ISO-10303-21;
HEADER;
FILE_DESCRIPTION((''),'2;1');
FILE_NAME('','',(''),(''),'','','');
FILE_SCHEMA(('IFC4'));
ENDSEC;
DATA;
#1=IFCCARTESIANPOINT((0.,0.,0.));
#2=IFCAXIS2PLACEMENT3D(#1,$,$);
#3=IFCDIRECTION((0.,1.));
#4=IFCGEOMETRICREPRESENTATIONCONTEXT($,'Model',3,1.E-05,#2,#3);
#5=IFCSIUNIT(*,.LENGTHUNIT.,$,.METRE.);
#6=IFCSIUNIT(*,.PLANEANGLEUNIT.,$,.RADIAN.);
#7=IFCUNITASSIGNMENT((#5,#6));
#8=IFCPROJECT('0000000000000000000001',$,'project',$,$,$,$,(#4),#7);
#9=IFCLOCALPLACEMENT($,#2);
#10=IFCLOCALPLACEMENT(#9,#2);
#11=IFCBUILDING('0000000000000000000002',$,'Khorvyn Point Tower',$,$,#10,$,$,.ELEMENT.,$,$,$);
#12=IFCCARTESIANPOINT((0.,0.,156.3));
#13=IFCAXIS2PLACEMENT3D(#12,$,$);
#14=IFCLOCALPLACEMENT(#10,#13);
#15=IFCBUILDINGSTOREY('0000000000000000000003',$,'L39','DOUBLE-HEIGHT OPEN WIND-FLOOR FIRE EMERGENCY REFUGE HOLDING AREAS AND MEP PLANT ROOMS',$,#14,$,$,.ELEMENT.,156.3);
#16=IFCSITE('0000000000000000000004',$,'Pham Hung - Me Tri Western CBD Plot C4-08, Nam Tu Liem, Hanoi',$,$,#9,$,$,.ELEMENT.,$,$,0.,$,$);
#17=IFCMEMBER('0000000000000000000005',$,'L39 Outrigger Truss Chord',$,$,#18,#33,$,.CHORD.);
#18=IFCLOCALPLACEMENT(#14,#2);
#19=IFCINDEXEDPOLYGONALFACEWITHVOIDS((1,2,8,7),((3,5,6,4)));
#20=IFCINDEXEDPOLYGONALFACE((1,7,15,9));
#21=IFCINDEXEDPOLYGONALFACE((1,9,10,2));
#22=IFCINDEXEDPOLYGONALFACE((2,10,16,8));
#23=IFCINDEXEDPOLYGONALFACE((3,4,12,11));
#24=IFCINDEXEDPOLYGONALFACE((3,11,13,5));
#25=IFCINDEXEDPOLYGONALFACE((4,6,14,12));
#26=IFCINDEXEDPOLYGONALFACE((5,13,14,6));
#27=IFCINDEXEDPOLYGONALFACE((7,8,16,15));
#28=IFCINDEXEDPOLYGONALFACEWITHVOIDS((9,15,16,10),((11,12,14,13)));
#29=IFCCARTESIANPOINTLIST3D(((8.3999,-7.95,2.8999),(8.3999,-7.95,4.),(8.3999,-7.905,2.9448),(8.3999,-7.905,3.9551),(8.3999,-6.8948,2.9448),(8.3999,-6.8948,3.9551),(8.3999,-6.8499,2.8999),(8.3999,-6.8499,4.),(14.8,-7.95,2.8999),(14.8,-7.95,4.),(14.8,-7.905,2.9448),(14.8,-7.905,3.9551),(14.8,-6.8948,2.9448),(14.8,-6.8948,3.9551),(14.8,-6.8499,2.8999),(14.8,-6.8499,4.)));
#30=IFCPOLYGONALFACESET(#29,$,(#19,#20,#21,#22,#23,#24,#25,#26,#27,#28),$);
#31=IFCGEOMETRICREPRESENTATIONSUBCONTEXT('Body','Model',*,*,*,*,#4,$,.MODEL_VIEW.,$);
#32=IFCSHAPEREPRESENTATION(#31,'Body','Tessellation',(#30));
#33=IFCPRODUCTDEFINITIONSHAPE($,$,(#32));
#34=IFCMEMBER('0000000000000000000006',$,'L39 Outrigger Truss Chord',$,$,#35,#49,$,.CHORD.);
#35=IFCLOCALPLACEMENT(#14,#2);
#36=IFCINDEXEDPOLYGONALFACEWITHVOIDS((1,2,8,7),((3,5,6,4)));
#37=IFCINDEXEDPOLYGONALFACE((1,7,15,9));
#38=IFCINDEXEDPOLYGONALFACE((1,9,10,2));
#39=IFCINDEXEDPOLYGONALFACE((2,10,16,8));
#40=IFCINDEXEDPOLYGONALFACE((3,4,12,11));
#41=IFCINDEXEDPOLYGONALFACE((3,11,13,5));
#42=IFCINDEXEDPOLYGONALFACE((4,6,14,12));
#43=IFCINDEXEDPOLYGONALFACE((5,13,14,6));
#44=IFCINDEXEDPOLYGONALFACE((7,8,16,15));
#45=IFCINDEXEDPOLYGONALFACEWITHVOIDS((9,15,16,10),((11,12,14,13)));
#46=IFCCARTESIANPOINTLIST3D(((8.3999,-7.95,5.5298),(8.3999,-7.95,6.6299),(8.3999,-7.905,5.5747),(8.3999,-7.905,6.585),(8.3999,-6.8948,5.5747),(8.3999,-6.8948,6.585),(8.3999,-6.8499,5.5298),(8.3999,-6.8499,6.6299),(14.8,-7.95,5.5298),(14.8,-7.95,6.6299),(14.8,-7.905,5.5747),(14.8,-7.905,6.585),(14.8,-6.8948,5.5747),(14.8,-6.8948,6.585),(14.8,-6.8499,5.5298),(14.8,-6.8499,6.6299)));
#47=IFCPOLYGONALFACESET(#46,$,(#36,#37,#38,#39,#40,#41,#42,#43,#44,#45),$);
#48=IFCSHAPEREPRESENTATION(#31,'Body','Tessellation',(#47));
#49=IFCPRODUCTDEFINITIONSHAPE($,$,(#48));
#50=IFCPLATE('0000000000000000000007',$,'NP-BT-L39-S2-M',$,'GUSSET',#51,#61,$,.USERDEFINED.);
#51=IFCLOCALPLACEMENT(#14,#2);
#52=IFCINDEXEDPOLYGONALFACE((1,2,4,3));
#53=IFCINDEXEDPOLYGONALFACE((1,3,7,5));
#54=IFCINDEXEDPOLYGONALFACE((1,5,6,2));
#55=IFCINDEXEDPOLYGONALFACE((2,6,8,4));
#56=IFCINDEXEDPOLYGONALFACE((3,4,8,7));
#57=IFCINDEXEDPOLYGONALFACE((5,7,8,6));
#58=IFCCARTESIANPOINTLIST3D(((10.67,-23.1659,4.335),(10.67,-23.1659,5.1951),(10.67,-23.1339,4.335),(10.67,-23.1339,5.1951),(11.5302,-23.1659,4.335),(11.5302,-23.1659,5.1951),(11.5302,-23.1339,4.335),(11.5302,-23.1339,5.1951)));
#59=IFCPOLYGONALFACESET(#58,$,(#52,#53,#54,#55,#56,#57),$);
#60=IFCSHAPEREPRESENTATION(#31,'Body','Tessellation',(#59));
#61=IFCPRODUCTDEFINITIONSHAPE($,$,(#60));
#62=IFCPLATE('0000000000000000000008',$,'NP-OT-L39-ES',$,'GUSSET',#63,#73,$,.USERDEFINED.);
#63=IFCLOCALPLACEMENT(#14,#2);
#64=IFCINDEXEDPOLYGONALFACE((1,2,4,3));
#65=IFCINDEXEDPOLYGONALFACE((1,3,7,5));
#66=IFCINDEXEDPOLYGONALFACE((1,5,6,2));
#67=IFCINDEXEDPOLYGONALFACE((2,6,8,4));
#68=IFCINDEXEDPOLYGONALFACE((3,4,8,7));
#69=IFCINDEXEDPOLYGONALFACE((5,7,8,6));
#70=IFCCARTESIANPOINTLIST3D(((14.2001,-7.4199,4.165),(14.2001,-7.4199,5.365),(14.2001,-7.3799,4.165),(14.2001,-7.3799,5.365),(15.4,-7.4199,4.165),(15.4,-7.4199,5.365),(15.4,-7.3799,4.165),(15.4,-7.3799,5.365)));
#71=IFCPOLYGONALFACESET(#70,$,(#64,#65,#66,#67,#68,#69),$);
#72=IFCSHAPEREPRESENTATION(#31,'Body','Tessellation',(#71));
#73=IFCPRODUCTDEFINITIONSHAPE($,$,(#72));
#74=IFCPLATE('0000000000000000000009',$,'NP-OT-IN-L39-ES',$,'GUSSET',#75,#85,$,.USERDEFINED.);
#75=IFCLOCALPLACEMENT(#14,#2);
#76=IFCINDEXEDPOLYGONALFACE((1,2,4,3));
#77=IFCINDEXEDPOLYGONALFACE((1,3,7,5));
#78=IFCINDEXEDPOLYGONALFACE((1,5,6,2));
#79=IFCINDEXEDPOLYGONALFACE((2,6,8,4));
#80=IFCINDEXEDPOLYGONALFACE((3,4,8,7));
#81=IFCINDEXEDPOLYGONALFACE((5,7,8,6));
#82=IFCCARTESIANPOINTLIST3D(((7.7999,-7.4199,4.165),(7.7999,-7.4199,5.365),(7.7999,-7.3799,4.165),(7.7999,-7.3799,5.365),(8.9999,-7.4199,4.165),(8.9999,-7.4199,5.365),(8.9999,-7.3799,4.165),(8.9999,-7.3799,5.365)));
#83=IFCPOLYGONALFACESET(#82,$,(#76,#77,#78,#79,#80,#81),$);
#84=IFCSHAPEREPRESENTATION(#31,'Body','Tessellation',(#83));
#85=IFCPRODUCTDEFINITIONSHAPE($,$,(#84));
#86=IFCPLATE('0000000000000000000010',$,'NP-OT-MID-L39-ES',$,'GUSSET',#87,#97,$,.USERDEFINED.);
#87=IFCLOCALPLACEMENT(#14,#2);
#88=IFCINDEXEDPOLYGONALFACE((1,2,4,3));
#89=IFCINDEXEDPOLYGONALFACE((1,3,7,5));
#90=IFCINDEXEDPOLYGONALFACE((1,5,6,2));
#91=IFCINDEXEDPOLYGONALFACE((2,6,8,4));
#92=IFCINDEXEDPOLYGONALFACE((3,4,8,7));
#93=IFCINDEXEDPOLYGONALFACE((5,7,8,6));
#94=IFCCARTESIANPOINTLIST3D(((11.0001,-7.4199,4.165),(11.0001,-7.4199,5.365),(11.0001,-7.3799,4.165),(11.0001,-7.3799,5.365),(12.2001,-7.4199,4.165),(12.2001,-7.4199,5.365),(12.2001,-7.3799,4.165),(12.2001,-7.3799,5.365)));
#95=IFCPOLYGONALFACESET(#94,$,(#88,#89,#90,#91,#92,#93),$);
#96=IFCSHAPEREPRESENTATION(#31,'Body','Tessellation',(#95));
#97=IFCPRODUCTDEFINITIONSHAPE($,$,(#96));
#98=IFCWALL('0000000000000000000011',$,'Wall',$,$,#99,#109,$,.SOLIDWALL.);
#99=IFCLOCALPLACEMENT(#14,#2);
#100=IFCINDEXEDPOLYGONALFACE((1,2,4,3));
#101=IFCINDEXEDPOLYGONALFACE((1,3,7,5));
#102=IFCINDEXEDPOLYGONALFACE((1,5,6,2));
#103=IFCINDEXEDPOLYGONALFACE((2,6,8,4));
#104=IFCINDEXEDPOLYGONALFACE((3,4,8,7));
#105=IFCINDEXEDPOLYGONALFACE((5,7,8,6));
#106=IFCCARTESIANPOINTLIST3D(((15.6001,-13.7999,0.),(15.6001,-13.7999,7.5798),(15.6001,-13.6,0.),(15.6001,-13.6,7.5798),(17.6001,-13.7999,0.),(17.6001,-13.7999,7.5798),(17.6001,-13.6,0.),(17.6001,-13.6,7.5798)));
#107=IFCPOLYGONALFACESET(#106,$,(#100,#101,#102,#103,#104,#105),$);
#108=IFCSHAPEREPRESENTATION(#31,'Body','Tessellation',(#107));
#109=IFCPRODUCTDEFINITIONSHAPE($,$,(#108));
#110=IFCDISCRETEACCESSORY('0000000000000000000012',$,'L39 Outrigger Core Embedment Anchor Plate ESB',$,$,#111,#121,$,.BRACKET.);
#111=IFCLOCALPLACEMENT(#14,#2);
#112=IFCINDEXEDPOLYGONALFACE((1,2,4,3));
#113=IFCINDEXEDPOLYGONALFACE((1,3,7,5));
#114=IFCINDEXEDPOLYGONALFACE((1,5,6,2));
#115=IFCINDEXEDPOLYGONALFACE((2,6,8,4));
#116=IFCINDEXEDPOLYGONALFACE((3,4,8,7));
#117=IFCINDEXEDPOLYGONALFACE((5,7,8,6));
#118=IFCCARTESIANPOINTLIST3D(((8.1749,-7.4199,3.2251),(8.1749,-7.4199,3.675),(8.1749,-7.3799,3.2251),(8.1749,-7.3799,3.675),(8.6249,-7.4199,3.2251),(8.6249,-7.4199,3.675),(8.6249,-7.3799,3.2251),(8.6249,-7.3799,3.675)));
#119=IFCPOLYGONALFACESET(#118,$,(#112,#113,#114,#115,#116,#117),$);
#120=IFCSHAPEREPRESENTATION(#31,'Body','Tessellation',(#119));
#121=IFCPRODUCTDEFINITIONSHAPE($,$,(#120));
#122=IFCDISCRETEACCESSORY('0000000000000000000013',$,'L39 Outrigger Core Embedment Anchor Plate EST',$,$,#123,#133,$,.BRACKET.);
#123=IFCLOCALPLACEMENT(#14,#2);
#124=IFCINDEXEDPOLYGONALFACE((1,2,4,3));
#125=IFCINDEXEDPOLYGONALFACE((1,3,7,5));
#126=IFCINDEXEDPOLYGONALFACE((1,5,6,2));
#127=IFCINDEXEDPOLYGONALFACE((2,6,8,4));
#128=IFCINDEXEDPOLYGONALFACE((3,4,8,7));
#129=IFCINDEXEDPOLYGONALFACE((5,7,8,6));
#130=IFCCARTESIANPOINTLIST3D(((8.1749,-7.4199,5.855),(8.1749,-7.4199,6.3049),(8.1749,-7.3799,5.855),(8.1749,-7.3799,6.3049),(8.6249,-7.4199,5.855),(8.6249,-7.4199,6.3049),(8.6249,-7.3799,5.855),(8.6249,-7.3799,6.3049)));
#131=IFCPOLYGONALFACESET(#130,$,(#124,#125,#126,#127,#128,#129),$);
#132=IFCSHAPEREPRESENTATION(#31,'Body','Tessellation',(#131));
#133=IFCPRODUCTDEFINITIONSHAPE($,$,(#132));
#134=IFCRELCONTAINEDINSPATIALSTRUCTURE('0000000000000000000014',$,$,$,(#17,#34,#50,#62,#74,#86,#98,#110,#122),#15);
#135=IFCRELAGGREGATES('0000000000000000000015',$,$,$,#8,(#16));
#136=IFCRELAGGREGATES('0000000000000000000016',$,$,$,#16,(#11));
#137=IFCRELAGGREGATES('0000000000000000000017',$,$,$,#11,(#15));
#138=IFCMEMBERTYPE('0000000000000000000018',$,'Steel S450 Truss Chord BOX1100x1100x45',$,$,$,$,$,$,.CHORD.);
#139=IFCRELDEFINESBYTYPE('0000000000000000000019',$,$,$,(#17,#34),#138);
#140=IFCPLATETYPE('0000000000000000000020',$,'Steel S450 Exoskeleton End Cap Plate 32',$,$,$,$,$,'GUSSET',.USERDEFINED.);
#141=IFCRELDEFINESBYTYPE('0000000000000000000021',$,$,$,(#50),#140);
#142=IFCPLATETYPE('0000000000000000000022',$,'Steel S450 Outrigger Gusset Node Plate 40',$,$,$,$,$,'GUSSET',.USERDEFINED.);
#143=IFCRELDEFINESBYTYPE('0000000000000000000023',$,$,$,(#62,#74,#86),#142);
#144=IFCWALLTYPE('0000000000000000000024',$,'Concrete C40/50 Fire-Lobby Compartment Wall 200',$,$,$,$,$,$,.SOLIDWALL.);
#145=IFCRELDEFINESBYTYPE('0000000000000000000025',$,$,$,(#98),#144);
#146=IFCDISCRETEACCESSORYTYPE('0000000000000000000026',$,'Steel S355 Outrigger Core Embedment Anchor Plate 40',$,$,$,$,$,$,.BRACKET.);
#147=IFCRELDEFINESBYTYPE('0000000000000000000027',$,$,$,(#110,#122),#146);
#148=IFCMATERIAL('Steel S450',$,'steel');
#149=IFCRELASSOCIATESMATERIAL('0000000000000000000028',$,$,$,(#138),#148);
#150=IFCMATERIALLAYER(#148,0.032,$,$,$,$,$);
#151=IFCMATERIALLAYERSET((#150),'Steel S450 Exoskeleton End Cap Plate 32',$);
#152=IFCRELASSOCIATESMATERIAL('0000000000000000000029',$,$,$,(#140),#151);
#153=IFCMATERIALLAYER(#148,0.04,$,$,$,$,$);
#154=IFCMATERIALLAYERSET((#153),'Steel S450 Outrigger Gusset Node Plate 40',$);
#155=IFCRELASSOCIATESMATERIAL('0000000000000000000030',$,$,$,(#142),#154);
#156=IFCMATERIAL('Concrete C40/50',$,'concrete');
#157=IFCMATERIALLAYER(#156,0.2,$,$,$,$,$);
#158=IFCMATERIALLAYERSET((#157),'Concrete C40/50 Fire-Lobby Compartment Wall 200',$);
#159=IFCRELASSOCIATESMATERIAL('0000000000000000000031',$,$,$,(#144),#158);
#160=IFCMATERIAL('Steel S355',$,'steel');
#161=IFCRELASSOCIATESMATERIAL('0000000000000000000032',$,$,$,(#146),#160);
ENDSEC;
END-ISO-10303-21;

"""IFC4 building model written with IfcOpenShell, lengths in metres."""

from ifc_helpers import new_model, si_unit, direction, frame, frame_2d, origin, origin_2d, place, context, subcontext, project, spatial, rectangle, hollow_rectangle, extrude, material, layer, layer_set, material_profile, profile_set, type_object, element, save


model = new_model("IFC4")

# Units and contexts
model_context = context("Model", 3, precision=1e-05, world=origin(), true_north=direction((0.0, 1.0)))
body_context = subcontext(model_context, "Body", "Model", "MODEL_VIEW")
ifc_project = project(units=[si_unit("LENGTHUNIT", "METRE"), si_unit("PLANEANGLEUNIT", "RADIAN")], contexts=[model_context])

# Site, building, storey
site_placement = place(None, origin())
site = spatial("IfcSite", under=ifc_project, at=site_placement, Name="Pham Hung - Me Tri Western CBD Plot C4-08, Nam Tu Liem, Hanoi", CompositionType="ELEMENT", RefElevation=0.0)
building_placement = place(site_placement, origin())
building = spatial("IfcBuilding", under=site, at=building_placement, Name="Khorvyn Point Tower", CompositionType="ELEMENT")
storey_placement = place(building_placement, frame((0.0, 0.0, 156.3)))
storey = spatial("IfcBuildingStorey", under=building, at=storey_placement, Name="L39", Description="DOUBLE-HEIGHT OPEN WIND-FLOOR FIRE EMERGENCY REFUGE HOLDING AREAS AND MEP PLANT ROOMS", CompositionType="ELEMENT", Elevation=156.3)

# Shared definitions
ifc_material_1 = material(Name="Steel S450", Category="steel")

# Shared definitions
ifc_material_2 = material(Name="Steel S355", Category="steel")

# Members
ifc_material_profile_1 = material_profile(ifc_material_1, hollow_rectangle(XDim=1.1001, YDim=1.1001, WallThickness=0.0449, at=origin_2d()))
ifc_profile_set_1 = profile_set([ifc_material_profile_1], Name="Steel S450 BOX1100x1100x45")
member_type_1 = type_object("IfcMemberType", Name="Steel S450 Truss Chord BOX1100x1100x45", PredefinedType="CHORD", material=ifc_profile_set_1)
for number, where, z_axis, x_axis, name in (
    (1, (8.3999, -7.3999, 3.45), (1.0, 0.0, 0.0), (0.0, 1.0, 0.0), "L39 Outrigger Truss Chord"),
    (2, (8.3999, -7.3999, 6.0798), (1.0, 0.0, 0.0), (0.0, 1.0, 0.0), "L39 Outrigger Truss Chord"),
):
    element("IfcMember", number, at=place(storey_placement, frame(where, z_axis=z_axis, x_axis=x_axis)), inside=storey, type_object=member_type_1, Name=name, PredefinedType="CHORD", context=body_context, shape_type="SweptSolid", body=[
        extrude(hollow_rectangle(XDim=1.1001, YDim=1.1001, WallThickness=0.0449, at=origin_2d()), origin(), (0.0, 0.0, 1.0), 6.4001),
    ])

# Plates
ifc_layer_1 = layer(ifc_material_1, 0.032)
ifc_layer_set_1 = layer_set([ifc_layer_1], Name="Steel S450 Exoskeleton End Cap Plate 32")
plate_type_1 = type_object("IfcPlateType", Name="Steel S450 Exoskeleton End Cap Plate 32", ElementType="GUSSET", PredefinedType="USERDEFINED", material=ifc_layer_set_1)
plate_placement = place(storey_placement, frame((11.1001, -23.1499, 4.335), z_axis=(0.0, 0.0, 1.0), x_axis=(1.0, 0.0, 0.0)))
element("IfcPlate", 3, at=plate_placement, inside=storey, type_object=plate_type_1, Name="NP-BT-L39-S2-M", ObjectType="GUSSET", PredefinedType="USERDEFINED", context=body_context, shape_type="SweptSolid", body=[
    extrude(rectangle(XDim=0.8601, YDim=0.032, at=origin_2d()), origin(), (0.0, 0.0, 1.0), 0.8601),
])
ifc_layer_2 = layer(ifc_material_1, 0.04)
ifc_layer_set_2 = layer_set([ifc_layer_2], Name="Steel S450 Outrigger Gusset Node Plate 40")
plate_type_2 = type_object("IfcPlateType", Name="Steel S450 Outrigger Gusset Node Plate 40", ElementType="GUSSET", PredefinedType="USERDEFINED", material=ifc_layer_set_2)
for number, where, z_axis, x_axis, name in (
    (4, (14.8, -7.3999, 4.165), (0.0, 0.0, 1.0), (1.0, 0.0, 0.0), "NP-OT-L39-ES"),
    (5, (8.3999, -7.3999, 4.165), (0.0, 0.0, 1.0), (1.0, 0.0, 0.0), "NP-OT-IN-L39-ES"),
    (6, (11.6001, -7.3999, 4.165), (0.0, 0.0, 1.0), (1.0, 0.0, 0.0), "NP-OT-MID-L39-ES"),
):
    element("IfcPlate", number, at=place(storey_placement, frame(where, z_axis=z_axis, x_axis=x_axis)), inside=storey, type_object=plate_type_2, Name=name, ObjectType="GUSSET", PredefinedType="USERDEFINED", context=body_context, shape_type="SweptSolid", body=[
        extrude(rectangle(XDim=1.2, YDim=0.04, at=origin_2d()), origin(), (0.0, 0.0, 1.0), 1.2),
    ])

# Wall
ifc_material_3 = material(Name="Concrete C40/50", Category="concrete")
ifc_layer_3 = layer(ifc_material_3, 0.2)
ifc_layer_set_3 = layer_set([ifc_layer_3], Name="Concrete C40/50 Fire-Lobby Compartment Wall 200")
wall_type = type_object("IfcWallType", Name="Concrete C40/50 Fire-Lobby Compartment Wall 200", PredefinedType="SOLIDWALL", material=ifc_layer_set_3)
wall_placement = place(storey_placement, frame((15.6001, -13.7, 0.0), z_axis=(0.0, 0.0, 1.0), x_axis=(1.0, 0.0, 0.0)))
element("IfcWall", 7, at=wall_placement, inside=storey, type_object=wall_type, Name="Wall", PredefinedType="SOLIDWALL", context=body_context, shape_type="SweptSolid", body=[
    extrude(rectangle(XDim=2.0, YDim=0.2, at=frame_2d((1.0, 0.0))), origin(), (0.0, 0.0, 1.0), 7.5798),
])

# Discrete accessories
discrete_accessory_type = type_object("IfcDiscreteAccessoryType", Name="Steel S355 Outrigger Core Embedment Anchor Plate 40", PredefinedType="BRACKET", material=ifc_material_2)
for number, where, z_axis, x_axis, name in (
    (8, (8.3999, -7.3999, 3.2251), (0.0, 0.0, 1.0), (1.0, 0.0, 0.0), "L39 Outrigger Core Embedment Anchor Plate ESB"),
    (9, (8.3999, -7.3999, 5.855), (0.0, 0.0, 1.0), (1.0, 0.0, 0.0), "L39 Outrigger Core Embedment Anchor Plate EST"),
):
    element("IfcDiscreteAccessory", number, at=place(storey_placement, frame(where, z_axis=z_axis, x_axis=x_axis)), inside=storey, type_object=discrete_accessory_type, Name=name, PredefinedType="BRACKET", context=body_context, shape_type="SweptSolid", body=[
        extrude(rectangle(XDim=0.45, YDim=0.04, at=origin_2d()), origin(), (0.0, 0.0, 1.0), 0.45),
    ])

save(model, "model.ifc")
